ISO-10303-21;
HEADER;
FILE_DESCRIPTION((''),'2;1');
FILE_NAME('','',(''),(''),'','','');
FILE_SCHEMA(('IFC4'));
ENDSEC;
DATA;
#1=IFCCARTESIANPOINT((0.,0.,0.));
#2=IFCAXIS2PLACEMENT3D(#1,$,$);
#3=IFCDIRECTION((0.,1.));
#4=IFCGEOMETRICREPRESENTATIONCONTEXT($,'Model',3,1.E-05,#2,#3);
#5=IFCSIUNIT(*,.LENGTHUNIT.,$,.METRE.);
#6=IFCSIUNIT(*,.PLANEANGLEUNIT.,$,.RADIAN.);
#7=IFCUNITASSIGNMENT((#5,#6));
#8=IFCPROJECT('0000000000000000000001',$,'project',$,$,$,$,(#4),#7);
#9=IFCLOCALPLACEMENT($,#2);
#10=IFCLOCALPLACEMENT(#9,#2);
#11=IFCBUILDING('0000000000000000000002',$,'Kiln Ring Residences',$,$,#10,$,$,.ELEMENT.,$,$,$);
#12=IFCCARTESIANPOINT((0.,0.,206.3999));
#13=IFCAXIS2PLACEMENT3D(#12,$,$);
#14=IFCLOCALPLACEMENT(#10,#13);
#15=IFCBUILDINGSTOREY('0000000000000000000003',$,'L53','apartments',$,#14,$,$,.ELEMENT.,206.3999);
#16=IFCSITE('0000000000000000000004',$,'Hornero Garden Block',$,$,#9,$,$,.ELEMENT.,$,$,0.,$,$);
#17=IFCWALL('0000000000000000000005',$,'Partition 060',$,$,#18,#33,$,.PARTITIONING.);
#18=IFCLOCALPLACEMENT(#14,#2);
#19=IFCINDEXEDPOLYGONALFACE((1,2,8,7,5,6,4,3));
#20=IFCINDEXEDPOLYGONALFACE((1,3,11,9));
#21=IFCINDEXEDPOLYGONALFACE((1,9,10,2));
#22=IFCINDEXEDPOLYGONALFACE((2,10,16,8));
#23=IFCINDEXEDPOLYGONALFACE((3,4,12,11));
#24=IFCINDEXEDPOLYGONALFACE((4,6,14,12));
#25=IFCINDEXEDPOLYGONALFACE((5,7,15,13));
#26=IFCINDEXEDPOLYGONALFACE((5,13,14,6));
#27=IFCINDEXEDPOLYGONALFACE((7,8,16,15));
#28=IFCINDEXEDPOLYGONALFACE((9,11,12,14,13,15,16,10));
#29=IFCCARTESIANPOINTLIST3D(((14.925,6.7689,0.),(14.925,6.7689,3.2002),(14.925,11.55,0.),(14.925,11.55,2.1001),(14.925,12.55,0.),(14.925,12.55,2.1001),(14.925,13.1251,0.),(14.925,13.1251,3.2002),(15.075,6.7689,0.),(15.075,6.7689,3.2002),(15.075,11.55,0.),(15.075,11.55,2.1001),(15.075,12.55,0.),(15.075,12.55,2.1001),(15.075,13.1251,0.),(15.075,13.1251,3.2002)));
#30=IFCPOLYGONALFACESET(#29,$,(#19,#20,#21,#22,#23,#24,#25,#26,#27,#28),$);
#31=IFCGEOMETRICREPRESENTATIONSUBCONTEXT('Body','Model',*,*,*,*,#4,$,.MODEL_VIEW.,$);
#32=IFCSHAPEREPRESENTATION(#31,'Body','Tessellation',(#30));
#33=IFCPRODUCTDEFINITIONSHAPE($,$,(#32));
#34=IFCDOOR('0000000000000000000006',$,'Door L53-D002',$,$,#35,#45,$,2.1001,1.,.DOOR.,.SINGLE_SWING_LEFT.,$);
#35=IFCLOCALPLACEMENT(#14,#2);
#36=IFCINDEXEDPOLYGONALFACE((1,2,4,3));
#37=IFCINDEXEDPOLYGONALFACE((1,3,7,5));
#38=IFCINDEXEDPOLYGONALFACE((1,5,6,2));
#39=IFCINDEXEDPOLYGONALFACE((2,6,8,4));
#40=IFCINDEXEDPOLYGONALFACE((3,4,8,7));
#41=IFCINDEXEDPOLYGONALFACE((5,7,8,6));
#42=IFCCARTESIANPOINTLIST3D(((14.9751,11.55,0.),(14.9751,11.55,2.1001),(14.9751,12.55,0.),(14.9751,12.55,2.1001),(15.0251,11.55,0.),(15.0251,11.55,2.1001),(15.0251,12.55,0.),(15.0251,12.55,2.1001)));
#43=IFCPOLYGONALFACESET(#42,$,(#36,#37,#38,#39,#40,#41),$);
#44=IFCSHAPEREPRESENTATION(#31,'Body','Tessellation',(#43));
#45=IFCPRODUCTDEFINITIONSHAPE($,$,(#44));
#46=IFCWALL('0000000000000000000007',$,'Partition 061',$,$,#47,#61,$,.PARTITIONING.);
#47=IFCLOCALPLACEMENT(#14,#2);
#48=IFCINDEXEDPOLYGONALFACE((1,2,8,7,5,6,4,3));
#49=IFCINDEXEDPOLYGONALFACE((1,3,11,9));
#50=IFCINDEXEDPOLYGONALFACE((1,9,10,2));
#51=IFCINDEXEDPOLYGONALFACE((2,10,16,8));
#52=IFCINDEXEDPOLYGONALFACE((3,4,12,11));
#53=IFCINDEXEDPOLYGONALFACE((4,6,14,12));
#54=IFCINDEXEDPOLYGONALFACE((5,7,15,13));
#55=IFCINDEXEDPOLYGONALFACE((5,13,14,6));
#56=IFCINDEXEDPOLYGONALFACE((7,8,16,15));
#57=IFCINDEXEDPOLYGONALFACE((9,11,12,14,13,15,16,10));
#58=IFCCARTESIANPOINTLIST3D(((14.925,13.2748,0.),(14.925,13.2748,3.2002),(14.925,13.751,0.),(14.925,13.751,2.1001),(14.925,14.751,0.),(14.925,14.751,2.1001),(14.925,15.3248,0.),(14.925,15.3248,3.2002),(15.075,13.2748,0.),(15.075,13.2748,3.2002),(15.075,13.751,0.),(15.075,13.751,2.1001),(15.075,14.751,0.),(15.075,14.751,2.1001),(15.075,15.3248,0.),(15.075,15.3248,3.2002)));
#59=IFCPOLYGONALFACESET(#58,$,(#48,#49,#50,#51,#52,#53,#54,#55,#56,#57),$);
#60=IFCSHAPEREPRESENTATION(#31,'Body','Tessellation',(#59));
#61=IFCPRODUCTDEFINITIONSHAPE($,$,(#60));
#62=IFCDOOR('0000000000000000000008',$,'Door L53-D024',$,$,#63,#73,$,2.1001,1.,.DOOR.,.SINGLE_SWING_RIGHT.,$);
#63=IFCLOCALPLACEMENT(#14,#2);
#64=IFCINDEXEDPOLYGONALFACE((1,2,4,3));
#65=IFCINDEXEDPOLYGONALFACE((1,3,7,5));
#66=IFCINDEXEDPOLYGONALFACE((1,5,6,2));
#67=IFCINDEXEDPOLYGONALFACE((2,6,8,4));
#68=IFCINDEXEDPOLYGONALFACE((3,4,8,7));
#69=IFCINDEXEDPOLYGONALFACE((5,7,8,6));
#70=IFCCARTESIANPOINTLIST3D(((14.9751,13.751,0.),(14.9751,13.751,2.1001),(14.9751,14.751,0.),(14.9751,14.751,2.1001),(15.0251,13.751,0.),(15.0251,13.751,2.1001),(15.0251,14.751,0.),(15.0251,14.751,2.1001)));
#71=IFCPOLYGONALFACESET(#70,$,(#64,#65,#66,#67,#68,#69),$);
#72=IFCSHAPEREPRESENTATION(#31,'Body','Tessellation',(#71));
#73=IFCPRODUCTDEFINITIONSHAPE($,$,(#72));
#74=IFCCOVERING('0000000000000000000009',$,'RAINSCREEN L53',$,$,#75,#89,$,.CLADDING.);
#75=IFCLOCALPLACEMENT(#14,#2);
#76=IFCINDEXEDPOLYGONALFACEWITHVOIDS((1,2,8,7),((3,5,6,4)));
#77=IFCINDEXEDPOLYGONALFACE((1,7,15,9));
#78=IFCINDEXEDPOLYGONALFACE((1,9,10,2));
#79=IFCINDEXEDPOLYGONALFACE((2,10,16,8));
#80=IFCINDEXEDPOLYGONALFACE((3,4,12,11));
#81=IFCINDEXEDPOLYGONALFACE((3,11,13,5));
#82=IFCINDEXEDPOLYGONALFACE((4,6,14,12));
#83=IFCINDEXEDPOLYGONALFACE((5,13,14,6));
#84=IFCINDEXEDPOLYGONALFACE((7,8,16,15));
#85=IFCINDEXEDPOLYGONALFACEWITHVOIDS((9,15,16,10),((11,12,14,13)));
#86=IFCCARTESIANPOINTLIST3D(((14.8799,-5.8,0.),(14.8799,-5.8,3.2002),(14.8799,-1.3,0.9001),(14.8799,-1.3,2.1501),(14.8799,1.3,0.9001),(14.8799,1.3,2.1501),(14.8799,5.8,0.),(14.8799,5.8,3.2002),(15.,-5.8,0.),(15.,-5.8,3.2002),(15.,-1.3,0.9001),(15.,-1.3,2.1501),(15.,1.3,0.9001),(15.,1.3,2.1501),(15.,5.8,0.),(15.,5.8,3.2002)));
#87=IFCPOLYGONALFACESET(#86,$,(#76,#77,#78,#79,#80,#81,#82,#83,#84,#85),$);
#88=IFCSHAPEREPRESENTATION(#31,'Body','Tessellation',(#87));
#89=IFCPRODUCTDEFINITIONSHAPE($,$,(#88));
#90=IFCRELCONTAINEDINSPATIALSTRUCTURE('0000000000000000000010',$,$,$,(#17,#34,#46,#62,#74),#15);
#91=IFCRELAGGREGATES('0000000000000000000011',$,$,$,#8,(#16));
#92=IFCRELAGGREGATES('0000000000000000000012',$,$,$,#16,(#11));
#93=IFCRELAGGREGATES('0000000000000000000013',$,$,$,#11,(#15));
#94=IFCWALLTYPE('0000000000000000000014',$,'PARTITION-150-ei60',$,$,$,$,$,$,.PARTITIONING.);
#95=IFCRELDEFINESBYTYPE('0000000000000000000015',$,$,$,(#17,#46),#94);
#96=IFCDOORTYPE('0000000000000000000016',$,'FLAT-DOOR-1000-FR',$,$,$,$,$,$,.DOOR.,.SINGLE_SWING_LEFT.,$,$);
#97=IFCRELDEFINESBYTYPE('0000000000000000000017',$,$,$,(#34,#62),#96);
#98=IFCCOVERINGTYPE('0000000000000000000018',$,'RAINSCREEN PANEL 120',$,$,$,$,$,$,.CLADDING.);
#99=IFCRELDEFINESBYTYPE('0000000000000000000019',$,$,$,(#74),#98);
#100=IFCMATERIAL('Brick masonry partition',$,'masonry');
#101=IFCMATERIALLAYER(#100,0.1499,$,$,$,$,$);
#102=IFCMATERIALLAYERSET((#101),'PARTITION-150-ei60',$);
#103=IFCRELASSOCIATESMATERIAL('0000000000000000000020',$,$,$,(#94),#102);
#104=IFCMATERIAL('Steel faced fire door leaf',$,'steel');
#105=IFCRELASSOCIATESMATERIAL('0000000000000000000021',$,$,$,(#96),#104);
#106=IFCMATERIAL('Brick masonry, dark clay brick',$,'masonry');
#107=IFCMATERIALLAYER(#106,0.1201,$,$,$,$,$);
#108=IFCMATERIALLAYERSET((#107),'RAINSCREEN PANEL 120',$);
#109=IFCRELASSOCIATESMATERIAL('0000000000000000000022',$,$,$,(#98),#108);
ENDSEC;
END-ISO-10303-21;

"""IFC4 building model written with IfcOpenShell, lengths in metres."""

from ifc_helpers import new_model, si_unit, direction, frame, frame_2d, origin, place, context, subcontext, project, spatial, polyline, rectangle, outline, extrude, material, layer, layer_set, type_object, element, fill, save


model = new_model("IFC4")

# Units and contexts
model_context = context("Model", 3, precision=1e-05, world=origin(), true_north=direction((0.0, 1.0)))
body_context = subcontext(model_context, "Body", "Model", "MODEL_VIEW")
ifc_project = project(units=[si_unit("LENGTHUNIT", "METRE"), si_unit("PLANEANGLEUNIT", "RADIAN")], contexts=[model_context])

# Site, building, storey
site_placement = place(None, origin())
site = spatial("IfcSite", under=ifc_project, at=site_placement, Name="Hornero Garden Block", CompositionType="ELEMENT", RefElevation=0.0)
building_placement = place(site_placement, origin())
building = spatial("IfcBuilding", under=site, at=building_placement, Name="Kiln Ring Residences", CompositionType="ELEMENT")
storey_placement = place(building_placement, frame((0.0, 0.0, 206.3999)))
storey = spatial("IfcBuildingStorey", under=building, at=storey_placement, Name="L53", Description="apartments", CompositionType="ELEMENT", Elevation=206.3999)

# Shared definitions
ifc_material_1 = material(Name="Brick masonry partition", Category="masonry")
ifc_layer_1 = layer(ifc_material_1, 0.1499)
ifc_layer_set_1 = layer_set([ifc_layer_1], Name="PARTITION-150-ei60")
wall_type_1 = type_object("IfcWallType", Name="PARTITION-150-ei60", PredefinedType="PARTITIONING", material=ifc_layer_set_1)
ifc_material_2 = material(Name="Steel faced fire door leaf", Category="steel")
door_type_1 = type_object("IfcDoorType", Name="FLAT-DOOR-1000-FR", OperationType="SINGLE_SWING_LEFT", PredefinedType="DOOR", material=ifc_material_2)

# Walls, openings, doors
wall_1_placement = place(storey_placement, frame((15.0, 6.7688, 0.0), z_axis=(0.0, 0.0, 1.0), x_axis=(0.0, 1.0, 0.0)))
wall_1 = element("IfcWall", 1, at=wall_1_placement, inside=storey, type_object=wall_type_1, Name="Partition 060", PredefinedType="PARTITIONING", context=body_context, shape_type="SweptSolid", body=[
    extrude(rectangle(XDim=6.3562, YDim=0.1499, at=frame_2d((3.1782, 0.0))), origin(), (0.0, 0.0, 1.0), 3.2002),
])
opening_1_placement = place(wall_1_placement, frame((4.7812, 0.0, 0.0)))
opening_1 = element("IfcOpeningElement", 2, at=opening_1_placement, cuts=wall_1, PredefinedType="OPENING", context=body_context, shape_type="SweptSolid", body=[
    extrude(rectangle(XDim=1.0, YDim=2.1001, at=frame_2d((0.5, 1.05))), frame((0.0, 0.085, 0.0), z_axis=(0.0, -1.0, 0.0), x_axis=(1.0, 0.0, 0.0)), (0.0, 0.0, 1.0), 0.1699),
])
door_1_placement = place(opening_1_placement, origin())
door_1 = element("IfcDoor", 3, at=door_1_placement, inside=storey, type_object=door_type_1, Name="Door L53-D002", OperationType="SINGLE_SWING_LEFT", OverallHeight=2.1001, OverallWidth=1.0, PredefinedType="DOOR", context=body_context, shape_type="SweptSolid", body=[
    extrude(rectangle(XDim=1.0, YDim=2.1001, at=frame_2d((0.5, 1.05))), frame((0.0, 0.0249, 0.0), z_axis=(0.0, -1.0, 0.0), x_axis=(1.0, 0.0, 0.0)), (0.0, 0.0, 1.0), 0.05),
])
fill(opening_1, door_1)
wall_2_placement = place(storey_placement, frame((15.0, 13.2749, 0.0), z_axis=(0.0, 0.0, 1.0), x_axis=(0.0, 1.0, 0.0)))
wall_2 = element("IfcWall", 4, at=wall_2_placement, inside=storey, type_object=wall_type_1, Name="Partition 061", PredefinedType="PARTITIONING", context=body_context, shape_type="SweptSolid", body=[
    extrude(rectangle(XDim=2.05, YDim=0.1499, at=frame_2d((1.0249, 0.0))), origin(), (0.0, 0.0, 1.0), 3.2002),
])
opening_2_placement = place(wall_2_placement, frame((0.4761, 0.0, 0.0)))
opening_2 = element("IfcOpeningElement", 5, at=opening_2_placement, cuts=wall_2, PredefinedType="OPENING", context=body_context, shape_type="SweptSolid", body=[
    extrude(rectangle(XDim=1.0, YDim=2.1001, at=frame_2d((0.5, 1.05))), frame((0.0, 0.085, 0.0), z_axis=(0.0, -1.0, 0.0), x_axis=(1.0, 0.0, 0.0)), (0.0, 0.0, 1.0), 0.1699),
])
door_2_placement = place(opening_2_placement, origin())
door_2 = element("IfcDoor", 6, at=door_2_placement, inside=storey, type_object=door_type_1, Name="Door L53-D024", OperationType="SINGLE_SWING_RIGHT", OverallHeight=2.1001, OverallWidth=1.0, PredefinedType="DOOR", context=body_context, shape_type="SweptSolid", body=[
    extrude(rectangle(XDim=1.0, YDim=2.1001, at=frame_2d((0.5, 1.05))), frame((0.0, 0.0249, 0.0), z_axis=(0.0, -1.0, 0.0), x_axis=(1.0, 0.0, 0.0)), (0.0, 0.0, 1.0), 0.05),
])
fill(opening_2, door_2)

# Covering
ifc_material_3 = material(Name="Brick masonry, dark clay brick", Category="masonry")
ifc_layer_2 = layer(ifc_material_3, 0.1201)
ifc_layer_set_2 = layer_set([ifc_layer_2], Name="RAINSCREEN PANEL 120")
covering_type = type_object("IfcCoveringType", Name="RAINSCREEN PANEL 120", PredefinedType="CLADDING", material=ifc_layer_set_2)
covering_placement = place(storey_placement, frame((14.9399, 5.8, 0.0), z_axis=(0.0, 0.0, 1.0), x_axis=(0.0, -1.0, 0.0)))
element("IfcCovering", 7, at=covering_placement, inside=storey, type_object=covering_type, Name="RAINSCREEN L53", PredefinedType="CLADDING", context=body_context, shape_type="SweptSolid", body=[
    extrude(outline(polyline([(0.0, 0.0), (11.6001, 0.0), (11.6001, 3.2002), (0.0, 3.2002), (0.0, 0.0)]), holes=[polyline([(4.5, 2.1501), (4.5, 0.9001), (7.1001, 0.9001), (7.1001, 2.1501), (4.5, 2.1501)])]), frame((0.0, 0.0601, 0.0), z_axis=(0.0, -1.0, 0.0), x_axis=(1.0, 0.0, 0.0)), (0.0, 0.0, 1.0), 0.1201),
])

save(model, "model.ifc")
